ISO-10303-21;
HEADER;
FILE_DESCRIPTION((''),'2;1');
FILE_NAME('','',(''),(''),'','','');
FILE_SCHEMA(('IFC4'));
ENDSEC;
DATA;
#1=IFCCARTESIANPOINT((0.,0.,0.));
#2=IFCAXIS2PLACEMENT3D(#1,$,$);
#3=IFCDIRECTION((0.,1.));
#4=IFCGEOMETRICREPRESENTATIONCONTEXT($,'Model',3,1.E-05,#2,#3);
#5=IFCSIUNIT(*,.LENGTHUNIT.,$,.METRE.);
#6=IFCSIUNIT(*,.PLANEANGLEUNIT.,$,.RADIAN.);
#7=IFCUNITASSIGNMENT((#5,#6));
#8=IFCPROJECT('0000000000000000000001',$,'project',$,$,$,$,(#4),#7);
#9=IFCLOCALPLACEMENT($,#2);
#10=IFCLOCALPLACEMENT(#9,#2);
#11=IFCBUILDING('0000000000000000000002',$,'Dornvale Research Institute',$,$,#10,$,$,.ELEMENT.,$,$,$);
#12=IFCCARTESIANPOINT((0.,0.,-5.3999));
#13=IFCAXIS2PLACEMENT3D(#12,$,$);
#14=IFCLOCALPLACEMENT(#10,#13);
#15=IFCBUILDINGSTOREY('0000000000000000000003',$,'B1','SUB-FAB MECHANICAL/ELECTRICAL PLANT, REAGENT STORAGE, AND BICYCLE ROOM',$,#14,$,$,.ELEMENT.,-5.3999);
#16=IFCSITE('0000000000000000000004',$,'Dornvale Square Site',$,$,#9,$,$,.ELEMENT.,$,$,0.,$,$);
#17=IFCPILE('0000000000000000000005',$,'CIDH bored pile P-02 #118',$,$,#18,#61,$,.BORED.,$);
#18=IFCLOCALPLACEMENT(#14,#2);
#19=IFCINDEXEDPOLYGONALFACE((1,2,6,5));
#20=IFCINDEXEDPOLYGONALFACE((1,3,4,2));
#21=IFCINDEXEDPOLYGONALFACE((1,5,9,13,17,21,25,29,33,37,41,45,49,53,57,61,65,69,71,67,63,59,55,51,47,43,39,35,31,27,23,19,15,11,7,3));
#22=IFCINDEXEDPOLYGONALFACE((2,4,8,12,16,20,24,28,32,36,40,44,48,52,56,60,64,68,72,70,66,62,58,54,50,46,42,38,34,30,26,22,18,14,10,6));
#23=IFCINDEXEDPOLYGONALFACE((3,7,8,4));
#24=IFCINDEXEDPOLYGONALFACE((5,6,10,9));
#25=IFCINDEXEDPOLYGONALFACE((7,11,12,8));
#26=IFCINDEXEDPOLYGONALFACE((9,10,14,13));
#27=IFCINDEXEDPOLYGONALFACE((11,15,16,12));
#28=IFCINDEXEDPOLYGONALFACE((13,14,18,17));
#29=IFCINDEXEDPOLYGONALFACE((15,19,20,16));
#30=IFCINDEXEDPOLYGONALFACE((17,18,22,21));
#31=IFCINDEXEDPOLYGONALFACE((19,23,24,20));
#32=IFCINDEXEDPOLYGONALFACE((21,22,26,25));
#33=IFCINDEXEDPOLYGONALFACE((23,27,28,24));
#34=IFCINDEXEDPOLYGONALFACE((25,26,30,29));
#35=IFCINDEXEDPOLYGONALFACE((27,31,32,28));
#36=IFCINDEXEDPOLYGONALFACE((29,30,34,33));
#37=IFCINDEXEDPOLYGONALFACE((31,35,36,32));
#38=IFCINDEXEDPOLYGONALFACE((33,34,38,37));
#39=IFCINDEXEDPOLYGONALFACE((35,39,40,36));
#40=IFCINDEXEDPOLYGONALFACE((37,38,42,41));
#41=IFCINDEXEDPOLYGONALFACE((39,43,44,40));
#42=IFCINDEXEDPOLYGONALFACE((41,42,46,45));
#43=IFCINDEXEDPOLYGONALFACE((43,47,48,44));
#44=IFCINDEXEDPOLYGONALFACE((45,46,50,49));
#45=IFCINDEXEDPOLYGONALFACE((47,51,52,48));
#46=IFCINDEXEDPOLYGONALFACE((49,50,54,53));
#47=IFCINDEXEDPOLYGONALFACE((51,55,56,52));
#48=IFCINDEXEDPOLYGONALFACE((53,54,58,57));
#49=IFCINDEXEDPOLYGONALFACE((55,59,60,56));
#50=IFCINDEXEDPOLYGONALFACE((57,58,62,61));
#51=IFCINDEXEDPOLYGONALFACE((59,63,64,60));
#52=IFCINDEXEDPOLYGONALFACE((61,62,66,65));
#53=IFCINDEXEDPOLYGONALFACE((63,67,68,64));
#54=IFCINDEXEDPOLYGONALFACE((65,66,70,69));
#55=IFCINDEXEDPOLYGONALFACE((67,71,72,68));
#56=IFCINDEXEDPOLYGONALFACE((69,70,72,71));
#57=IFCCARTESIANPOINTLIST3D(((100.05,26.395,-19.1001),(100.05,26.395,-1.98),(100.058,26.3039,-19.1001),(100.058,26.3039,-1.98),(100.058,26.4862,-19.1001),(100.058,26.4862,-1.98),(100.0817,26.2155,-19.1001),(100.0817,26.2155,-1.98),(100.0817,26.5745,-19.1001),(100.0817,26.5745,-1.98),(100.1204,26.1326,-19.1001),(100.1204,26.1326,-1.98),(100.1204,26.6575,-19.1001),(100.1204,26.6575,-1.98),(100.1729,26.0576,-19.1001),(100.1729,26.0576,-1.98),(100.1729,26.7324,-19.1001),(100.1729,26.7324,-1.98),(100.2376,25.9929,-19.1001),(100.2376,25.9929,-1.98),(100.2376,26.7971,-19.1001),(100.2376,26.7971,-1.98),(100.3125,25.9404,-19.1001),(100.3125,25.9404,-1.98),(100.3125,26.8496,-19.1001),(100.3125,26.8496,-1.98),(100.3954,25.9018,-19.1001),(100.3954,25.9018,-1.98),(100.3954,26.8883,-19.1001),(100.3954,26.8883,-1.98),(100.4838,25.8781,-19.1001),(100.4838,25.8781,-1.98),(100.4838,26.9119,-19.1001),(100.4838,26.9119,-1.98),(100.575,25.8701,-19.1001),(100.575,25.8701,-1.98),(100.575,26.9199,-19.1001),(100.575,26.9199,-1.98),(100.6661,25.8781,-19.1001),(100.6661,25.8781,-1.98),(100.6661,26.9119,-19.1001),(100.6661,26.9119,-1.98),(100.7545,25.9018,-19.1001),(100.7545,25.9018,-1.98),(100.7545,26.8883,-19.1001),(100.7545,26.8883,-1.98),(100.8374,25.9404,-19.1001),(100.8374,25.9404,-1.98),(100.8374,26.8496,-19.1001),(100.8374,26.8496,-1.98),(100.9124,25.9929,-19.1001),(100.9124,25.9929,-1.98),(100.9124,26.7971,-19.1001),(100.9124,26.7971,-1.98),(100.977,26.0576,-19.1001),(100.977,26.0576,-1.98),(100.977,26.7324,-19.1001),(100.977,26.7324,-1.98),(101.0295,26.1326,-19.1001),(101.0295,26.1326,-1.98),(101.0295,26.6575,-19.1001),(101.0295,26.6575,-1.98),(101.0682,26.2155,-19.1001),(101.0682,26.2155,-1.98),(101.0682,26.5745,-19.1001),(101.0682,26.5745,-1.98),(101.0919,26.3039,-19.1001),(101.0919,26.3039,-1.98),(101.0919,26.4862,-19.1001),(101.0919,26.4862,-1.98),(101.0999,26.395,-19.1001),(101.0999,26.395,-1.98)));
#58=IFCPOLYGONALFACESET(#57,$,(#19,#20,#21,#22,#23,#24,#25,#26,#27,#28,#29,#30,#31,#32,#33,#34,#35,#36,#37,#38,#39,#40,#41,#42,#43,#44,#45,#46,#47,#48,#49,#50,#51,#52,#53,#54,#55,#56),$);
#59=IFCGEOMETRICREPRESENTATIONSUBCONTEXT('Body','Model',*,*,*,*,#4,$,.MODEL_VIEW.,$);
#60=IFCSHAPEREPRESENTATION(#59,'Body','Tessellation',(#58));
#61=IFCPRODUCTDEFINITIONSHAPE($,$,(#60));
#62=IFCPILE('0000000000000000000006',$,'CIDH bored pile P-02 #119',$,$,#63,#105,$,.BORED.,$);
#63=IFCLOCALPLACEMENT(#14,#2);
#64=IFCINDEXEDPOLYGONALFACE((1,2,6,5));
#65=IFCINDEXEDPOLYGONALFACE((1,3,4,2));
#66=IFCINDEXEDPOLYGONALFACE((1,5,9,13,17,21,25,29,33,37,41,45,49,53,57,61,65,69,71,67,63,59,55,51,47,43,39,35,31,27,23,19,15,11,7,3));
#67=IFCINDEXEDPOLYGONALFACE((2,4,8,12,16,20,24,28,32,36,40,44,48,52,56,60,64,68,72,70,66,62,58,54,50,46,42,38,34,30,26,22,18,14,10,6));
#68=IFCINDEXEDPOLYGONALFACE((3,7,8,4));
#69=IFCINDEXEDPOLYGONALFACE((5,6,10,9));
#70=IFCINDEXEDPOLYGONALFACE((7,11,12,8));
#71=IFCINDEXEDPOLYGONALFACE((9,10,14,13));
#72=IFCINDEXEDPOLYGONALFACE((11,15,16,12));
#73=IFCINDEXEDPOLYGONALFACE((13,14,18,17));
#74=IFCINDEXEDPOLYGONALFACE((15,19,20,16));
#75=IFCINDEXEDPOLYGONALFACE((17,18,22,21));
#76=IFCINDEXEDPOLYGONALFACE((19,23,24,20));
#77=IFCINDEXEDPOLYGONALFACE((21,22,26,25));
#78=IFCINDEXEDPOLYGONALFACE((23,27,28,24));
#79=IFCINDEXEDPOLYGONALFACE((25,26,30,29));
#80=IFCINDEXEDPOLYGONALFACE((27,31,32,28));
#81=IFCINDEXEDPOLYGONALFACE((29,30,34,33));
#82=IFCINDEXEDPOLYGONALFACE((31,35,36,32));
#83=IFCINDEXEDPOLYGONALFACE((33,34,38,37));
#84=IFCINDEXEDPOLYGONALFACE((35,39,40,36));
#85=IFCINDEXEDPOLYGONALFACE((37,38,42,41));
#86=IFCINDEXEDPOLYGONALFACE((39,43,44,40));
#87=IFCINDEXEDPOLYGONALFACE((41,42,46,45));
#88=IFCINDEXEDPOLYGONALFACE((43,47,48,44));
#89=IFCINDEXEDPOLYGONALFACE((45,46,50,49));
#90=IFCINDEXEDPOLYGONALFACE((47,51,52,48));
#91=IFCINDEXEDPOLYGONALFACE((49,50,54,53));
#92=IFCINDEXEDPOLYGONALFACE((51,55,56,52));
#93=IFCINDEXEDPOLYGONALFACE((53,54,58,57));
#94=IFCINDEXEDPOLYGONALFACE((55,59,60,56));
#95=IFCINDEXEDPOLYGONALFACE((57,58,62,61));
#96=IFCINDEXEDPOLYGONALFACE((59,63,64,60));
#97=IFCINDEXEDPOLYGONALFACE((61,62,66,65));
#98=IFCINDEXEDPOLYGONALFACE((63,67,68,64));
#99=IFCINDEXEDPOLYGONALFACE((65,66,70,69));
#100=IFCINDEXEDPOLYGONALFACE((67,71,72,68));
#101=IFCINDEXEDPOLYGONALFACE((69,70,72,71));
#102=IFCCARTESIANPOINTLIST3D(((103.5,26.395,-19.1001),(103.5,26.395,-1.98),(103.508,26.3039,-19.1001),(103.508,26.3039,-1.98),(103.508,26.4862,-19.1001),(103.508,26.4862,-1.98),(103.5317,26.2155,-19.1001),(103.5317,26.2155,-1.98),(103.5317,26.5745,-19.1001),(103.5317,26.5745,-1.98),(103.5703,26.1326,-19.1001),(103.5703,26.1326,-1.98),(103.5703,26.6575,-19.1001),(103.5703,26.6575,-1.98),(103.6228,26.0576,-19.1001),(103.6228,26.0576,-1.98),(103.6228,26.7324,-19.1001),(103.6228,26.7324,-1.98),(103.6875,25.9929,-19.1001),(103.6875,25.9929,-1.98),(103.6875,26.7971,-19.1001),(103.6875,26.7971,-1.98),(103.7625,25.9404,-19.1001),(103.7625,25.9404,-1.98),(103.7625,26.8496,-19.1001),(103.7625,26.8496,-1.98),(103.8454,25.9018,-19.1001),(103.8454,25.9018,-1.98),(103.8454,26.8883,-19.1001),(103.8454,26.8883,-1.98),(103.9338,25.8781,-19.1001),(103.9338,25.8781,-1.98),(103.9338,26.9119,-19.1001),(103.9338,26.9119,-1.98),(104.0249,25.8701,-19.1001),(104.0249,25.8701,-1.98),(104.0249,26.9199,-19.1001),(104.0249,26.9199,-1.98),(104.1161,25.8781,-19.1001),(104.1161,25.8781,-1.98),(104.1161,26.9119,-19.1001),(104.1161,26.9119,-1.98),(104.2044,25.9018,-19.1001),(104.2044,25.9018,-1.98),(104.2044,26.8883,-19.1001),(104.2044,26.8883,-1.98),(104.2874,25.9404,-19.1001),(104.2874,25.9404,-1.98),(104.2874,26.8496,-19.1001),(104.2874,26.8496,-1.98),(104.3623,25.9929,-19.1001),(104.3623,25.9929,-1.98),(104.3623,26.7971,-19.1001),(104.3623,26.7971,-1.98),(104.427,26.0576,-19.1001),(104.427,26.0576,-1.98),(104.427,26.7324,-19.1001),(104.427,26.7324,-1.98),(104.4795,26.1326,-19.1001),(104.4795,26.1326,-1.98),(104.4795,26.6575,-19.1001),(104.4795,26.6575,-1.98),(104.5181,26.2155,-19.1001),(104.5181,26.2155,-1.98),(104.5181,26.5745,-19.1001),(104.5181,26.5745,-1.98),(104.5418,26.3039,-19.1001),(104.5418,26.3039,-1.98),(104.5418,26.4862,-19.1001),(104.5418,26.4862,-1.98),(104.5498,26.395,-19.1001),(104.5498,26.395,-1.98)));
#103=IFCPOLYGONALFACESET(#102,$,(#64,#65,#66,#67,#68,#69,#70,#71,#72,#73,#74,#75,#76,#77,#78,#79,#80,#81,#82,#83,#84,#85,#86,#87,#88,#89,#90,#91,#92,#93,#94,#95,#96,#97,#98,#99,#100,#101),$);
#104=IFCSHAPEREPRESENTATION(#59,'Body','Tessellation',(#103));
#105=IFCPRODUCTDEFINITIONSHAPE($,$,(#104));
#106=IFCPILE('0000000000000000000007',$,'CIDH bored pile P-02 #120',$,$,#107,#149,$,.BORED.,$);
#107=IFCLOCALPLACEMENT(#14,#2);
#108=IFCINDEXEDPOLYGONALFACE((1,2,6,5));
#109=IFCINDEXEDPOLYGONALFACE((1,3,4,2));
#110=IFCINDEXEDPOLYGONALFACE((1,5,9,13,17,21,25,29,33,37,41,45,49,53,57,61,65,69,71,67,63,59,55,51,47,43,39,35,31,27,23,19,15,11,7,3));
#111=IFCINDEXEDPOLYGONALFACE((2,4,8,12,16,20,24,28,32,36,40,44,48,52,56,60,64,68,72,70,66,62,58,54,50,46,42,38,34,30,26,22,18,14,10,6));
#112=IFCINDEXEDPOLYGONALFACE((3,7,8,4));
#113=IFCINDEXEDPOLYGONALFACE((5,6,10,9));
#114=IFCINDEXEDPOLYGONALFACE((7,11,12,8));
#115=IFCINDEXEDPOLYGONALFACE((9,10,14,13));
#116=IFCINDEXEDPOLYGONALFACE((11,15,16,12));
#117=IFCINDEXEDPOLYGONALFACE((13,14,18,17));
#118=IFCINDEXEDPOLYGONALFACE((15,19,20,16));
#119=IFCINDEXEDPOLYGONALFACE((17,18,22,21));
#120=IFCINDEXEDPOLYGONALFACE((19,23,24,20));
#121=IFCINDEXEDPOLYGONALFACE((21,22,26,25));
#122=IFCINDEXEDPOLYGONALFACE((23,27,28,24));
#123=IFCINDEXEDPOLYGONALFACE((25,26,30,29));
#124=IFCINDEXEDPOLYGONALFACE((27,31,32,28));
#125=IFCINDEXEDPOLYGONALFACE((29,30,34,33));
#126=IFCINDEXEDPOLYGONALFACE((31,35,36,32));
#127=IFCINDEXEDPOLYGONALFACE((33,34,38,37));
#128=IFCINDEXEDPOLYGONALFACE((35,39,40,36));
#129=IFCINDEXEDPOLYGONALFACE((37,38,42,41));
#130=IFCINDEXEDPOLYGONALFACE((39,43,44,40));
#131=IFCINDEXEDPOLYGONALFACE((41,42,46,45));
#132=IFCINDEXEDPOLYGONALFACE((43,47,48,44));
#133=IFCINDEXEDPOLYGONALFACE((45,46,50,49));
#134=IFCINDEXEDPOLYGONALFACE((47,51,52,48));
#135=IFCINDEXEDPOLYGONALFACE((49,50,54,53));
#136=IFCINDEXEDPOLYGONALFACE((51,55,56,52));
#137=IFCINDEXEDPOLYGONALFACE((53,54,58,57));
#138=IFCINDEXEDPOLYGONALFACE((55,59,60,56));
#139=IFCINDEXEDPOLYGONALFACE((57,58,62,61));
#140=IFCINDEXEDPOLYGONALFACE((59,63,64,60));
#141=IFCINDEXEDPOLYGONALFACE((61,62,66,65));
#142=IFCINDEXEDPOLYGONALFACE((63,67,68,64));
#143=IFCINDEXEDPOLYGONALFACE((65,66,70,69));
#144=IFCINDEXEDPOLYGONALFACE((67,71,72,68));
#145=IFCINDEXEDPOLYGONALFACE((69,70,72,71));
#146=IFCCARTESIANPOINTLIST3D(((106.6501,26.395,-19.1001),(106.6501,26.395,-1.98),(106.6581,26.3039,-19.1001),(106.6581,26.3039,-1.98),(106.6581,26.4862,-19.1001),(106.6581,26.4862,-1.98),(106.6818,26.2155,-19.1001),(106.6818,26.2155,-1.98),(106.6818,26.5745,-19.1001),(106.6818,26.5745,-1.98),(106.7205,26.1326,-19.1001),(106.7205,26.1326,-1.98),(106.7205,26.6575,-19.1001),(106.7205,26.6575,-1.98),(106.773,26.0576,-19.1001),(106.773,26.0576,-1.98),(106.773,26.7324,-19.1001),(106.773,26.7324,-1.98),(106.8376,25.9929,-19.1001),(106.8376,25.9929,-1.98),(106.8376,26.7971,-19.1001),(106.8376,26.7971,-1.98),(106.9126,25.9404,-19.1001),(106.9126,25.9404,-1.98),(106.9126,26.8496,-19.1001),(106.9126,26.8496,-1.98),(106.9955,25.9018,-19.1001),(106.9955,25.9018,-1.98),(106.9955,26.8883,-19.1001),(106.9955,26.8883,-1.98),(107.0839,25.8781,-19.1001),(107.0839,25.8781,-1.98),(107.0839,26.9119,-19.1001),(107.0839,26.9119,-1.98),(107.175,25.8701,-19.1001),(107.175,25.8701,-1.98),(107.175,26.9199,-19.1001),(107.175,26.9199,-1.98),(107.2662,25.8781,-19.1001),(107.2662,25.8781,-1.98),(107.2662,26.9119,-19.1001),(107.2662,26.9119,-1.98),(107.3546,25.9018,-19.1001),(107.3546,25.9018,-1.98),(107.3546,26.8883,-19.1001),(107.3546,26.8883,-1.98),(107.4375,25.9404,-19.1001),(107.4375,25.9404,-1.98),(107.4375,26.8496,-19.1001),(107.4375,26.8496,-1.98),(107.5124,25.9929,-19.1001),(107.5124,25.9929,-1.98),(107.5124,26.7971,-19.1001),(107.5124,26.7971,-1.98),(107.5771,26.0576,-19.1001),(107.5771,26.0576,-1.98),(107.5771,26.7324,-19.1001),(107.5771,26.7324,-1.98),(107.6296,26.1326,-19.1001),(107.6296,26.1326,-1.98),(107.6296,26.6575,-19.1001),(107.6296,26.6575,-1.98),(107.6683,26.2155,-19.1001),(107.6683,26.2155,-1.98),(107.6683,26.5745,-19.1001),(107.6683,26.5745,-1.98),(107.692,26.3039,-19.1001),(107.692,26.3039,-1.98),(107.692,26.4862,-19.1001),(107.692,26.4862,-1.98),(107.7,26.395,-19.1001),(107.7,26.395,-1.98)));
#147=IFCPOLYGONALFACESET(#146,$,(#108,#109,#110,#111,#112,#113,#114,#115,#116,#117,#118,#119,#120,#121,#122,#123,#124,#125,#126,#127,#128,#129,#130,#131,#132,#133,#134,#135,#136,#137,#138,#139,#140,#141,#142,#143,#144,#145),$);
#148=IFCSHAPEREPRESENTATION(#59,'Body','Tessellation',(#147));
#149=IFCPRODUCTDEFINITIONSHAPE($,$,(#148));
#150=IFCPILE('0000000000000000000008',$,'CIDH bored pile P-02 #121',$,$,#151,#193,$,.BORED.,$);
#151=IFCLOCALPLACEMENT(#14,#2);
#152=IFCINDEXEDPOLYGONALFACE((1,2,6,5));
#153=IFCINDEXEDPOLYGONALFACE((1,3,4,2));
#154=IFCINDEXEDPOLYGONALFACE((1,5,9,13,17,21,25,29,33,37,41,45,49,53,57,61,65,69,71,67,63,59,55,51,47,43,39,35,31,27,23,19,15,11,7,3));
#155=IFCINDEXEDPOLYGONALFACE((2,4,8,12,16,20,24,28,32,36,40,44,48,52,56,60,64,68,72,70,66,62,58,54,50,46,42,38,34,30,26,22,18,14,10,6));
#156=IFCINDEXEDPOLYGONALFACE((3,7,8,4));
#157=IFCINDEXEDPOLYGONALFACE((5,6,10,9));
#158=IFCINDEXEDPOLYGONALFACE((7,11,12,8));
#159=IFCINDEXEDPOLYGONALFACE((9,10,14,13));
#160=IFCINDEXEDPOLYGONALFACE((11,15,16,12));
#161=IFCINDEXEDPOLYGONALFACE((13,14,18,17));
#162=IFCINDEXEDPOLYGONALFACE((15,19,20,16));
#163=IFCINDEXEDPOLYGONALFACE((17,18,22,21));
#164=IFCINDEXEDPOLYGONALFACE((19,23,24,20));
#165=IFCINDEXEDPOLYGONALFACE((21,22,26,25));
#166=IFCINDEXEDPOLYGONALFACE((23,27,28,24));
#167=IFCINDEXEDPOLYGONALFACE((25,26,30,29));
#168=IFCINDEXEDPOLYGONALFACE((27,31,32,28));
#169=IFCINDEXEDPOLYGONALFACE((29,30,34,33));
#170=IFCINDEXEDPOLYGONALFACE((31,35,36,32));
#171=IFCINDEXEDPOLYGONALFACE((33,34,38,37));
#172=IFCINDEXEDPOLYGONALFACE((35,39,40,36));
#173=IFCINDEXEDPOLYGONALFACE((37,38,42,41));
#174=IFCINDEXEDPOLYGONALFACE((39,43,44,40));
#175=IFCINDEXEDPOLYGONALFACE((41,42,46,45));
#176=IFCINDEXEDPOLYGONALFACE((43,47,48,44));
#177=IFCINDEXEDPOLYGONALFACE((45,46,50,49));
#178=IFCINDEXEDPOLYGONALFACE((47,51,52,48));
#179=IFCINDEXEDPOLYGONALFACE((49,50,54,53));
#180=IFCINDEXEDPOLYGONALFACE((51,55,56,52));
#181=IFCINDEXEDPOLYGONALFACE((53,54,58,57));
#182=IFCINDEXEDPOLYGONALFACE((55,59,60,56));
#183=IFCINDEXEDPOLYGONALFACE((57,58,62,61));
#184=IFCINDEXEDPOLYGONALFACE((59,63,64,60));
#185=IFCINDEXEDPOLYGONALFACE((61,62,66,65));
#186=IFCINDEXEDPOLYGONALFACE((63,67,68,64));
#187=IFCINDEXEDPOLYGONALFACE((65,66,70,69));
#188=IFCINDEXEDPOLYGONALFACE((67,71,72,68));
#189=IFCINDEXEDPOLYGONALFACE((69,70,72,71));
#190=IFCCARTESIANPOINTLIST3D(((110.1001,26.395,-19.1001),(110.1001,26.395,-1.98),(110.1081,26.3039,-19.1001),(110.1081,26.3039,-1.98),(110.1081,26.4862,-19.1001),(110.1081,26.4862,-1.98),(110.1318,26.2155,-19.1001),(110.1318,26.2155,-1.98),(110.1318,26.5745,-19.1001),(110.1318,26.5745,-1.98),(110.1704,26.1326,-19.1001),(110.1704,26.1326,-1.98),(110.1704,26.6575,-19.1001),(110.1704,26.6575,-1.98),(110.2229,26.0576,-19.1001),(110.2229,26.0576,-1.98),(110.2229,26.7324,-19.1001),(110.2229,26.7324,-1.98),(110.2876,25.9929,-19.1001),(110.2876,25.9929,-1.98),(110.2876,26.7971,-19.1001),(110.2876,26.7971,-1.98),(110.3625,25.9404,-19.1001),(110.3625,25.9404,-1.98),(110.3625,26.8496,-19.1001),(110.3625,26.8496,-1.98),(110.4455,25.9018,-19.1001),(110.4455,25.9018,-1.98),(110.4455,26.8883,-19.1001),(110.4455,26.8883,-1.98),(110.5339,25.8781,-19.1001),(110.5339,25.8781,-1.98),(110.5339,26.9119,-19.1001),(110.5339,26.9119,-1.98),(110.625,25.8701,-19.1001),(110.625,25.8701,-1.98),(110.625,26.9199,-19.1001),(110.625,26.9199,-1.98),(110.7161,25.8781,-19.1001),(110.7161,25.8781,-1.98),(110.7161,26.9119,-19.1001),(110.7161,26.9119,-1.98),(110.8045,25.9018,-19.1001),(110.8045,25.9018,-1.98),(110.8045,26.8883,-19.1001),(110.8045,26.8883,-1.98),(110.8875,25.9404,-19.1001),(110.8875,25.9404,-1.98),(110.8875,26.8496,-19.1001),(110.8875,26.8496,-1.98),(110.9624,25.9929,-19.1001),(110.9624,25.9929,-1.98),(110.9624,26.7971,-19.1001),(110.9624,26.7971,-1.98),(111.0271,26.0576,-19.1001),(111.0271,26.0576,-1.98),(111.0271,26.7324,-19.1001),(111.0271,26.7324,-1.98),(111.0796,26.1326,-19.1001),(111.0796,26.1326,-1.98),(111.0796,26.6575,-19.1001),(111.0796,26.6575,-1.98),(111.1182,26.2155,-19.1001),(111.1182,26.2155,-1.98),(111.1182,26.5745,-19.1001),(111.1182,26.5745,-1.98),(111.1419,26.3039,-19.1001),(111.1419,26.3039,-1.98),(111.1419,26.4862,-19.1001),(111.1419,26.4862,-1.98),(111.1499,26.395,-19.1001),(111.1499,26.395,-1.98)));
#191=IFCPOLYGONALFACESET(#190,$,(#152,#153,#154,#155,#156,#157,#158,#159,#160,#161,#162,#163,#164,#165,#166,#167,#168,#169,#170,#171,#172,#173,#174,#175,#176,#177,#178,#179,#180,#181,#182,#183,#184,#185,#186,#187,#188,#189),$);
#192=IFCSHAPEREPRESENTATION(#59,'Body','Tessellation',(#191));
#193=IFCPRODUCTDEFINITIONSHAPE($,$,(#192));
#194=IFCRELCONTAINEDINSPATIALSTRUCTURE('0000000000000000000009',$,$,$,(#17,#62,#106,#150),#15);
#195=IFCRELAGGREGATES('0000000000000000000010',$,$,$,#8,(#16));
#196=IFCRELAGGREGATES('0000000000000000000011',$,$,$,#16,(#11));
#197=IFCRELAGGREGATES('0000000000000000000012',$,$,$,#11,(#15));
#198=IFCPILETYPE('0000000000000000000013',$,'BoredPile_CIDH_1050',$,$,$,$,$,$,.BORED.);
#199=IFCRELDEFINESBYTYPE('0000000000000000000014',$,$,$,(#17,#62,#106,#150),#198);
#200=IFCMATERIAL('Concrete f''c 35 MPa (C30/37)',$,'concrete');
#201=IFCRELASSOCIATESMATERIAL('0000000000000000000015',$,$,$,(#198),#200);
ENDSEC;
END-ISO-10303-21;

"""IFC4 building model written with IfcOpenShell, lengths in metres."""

from ifc_helpers import new_model, si_unit, direction, frame, origin, origin_2d, place, context, subcontext, project, spatial, circle, extrude, material, material_profile, profile_set, type_object, element, save


model = new_model("IFC4")

# Units and contexts
model_context = context("Model", 3, precision=1e-05, world=origin(), true_north=direction((0.0, 1.0)))
body_context = subcontext(model_context, "Body", "Model", "MODEL_VIEW")
ifc_project = project(units=[si_unit("LENGTHUNIT", "METRE"), si_unit("PLANEANGLEUNIT", "RADIAN")], contexts=[model_context])

# Site, building, storey
site_placement = place(None, origin())
site = spatial("IfcSite", under=ifc_project, at=site_placement, Name="Dornvale Square Site", CompositionType="ELEMENT", RefElevation=0.0)
building_placement = place(site_placement, origin())
building = spatial("IfcBuilding", under=site, at=building_placement, Name="Dornvale Research Institute", CompositionType="ELEMENT")
storey_placement = place(building_placement, frame((0.0, 0.0, -5.3999)))
storey = spatial("IfcBuildingStorey", under=building, at=storey_placement, Name="B1", Description="SUB-FAB MECHANICAL/ELECTRICAL PLANT, REAGENT STORAGE, AND BICYCLE ROOM", CompositionType="ELEMENT", Elevation=-5.3999)

# Piles
ifc_material_1 = material(Name="Concrete f'c 35 MPa (C30/37)", Category="concrete")
ifc_material_profile_1 = material_profile(ifc_material_1, circle(Radius=0.5249, at=origin_2d()), Name="CIDH PILE D1050")
ifc_profile_set_1 = profile_set([ifc_material_profile_1], Name="Concrete f'c 35 MPa (C30/37)")
pile_type_1 = type_object("IfcPileType", Name="BoredPile_CIDH_1050", PredefinedType="BORED", material=ifc_profile_set_1)
for number, where, z_axis, x_axis, name in (
    (1, (100.575, 26.395, -1.98), (0.0, 0.0, -1.0), (1.0, 0.0, 0.0), "CIDH bored pile P-02 #118"),
    (2, (104.0249, 26.395, -1.98), (0.0, 0.0, -1.0), (1.0, 0.0, 0.0), "CIDH bored pile P-02 #119"),
    (3, (107.175, 26.395, -1.98), (0.0, 0.0, -1.0), (1.0, 0.0, 0.0), "CIDH bored pile P-02 #120"),
    (4, (110.625, 26.395, -1.98), (0.0, 0.0, -1.0), (1.0, 0.0, 0.0), "CIDH bored pile P-02 #121"),
):
    element("IfcPile", number, at=place(storey_placement, frame(where, z_axis=z_axis, x_axis=x_axis)), inside=storey, type_object=pile_type_1, Name=name, PredefinedType="BORED", context=body_context, shape_type="SweptSolid", body=[
        extrude(circle(Radius=0.5249, at=origin_2d()), origin(), (0.0, 0.0, 1.0), 17.1201),
    ])

save(model, "model.ifc")
